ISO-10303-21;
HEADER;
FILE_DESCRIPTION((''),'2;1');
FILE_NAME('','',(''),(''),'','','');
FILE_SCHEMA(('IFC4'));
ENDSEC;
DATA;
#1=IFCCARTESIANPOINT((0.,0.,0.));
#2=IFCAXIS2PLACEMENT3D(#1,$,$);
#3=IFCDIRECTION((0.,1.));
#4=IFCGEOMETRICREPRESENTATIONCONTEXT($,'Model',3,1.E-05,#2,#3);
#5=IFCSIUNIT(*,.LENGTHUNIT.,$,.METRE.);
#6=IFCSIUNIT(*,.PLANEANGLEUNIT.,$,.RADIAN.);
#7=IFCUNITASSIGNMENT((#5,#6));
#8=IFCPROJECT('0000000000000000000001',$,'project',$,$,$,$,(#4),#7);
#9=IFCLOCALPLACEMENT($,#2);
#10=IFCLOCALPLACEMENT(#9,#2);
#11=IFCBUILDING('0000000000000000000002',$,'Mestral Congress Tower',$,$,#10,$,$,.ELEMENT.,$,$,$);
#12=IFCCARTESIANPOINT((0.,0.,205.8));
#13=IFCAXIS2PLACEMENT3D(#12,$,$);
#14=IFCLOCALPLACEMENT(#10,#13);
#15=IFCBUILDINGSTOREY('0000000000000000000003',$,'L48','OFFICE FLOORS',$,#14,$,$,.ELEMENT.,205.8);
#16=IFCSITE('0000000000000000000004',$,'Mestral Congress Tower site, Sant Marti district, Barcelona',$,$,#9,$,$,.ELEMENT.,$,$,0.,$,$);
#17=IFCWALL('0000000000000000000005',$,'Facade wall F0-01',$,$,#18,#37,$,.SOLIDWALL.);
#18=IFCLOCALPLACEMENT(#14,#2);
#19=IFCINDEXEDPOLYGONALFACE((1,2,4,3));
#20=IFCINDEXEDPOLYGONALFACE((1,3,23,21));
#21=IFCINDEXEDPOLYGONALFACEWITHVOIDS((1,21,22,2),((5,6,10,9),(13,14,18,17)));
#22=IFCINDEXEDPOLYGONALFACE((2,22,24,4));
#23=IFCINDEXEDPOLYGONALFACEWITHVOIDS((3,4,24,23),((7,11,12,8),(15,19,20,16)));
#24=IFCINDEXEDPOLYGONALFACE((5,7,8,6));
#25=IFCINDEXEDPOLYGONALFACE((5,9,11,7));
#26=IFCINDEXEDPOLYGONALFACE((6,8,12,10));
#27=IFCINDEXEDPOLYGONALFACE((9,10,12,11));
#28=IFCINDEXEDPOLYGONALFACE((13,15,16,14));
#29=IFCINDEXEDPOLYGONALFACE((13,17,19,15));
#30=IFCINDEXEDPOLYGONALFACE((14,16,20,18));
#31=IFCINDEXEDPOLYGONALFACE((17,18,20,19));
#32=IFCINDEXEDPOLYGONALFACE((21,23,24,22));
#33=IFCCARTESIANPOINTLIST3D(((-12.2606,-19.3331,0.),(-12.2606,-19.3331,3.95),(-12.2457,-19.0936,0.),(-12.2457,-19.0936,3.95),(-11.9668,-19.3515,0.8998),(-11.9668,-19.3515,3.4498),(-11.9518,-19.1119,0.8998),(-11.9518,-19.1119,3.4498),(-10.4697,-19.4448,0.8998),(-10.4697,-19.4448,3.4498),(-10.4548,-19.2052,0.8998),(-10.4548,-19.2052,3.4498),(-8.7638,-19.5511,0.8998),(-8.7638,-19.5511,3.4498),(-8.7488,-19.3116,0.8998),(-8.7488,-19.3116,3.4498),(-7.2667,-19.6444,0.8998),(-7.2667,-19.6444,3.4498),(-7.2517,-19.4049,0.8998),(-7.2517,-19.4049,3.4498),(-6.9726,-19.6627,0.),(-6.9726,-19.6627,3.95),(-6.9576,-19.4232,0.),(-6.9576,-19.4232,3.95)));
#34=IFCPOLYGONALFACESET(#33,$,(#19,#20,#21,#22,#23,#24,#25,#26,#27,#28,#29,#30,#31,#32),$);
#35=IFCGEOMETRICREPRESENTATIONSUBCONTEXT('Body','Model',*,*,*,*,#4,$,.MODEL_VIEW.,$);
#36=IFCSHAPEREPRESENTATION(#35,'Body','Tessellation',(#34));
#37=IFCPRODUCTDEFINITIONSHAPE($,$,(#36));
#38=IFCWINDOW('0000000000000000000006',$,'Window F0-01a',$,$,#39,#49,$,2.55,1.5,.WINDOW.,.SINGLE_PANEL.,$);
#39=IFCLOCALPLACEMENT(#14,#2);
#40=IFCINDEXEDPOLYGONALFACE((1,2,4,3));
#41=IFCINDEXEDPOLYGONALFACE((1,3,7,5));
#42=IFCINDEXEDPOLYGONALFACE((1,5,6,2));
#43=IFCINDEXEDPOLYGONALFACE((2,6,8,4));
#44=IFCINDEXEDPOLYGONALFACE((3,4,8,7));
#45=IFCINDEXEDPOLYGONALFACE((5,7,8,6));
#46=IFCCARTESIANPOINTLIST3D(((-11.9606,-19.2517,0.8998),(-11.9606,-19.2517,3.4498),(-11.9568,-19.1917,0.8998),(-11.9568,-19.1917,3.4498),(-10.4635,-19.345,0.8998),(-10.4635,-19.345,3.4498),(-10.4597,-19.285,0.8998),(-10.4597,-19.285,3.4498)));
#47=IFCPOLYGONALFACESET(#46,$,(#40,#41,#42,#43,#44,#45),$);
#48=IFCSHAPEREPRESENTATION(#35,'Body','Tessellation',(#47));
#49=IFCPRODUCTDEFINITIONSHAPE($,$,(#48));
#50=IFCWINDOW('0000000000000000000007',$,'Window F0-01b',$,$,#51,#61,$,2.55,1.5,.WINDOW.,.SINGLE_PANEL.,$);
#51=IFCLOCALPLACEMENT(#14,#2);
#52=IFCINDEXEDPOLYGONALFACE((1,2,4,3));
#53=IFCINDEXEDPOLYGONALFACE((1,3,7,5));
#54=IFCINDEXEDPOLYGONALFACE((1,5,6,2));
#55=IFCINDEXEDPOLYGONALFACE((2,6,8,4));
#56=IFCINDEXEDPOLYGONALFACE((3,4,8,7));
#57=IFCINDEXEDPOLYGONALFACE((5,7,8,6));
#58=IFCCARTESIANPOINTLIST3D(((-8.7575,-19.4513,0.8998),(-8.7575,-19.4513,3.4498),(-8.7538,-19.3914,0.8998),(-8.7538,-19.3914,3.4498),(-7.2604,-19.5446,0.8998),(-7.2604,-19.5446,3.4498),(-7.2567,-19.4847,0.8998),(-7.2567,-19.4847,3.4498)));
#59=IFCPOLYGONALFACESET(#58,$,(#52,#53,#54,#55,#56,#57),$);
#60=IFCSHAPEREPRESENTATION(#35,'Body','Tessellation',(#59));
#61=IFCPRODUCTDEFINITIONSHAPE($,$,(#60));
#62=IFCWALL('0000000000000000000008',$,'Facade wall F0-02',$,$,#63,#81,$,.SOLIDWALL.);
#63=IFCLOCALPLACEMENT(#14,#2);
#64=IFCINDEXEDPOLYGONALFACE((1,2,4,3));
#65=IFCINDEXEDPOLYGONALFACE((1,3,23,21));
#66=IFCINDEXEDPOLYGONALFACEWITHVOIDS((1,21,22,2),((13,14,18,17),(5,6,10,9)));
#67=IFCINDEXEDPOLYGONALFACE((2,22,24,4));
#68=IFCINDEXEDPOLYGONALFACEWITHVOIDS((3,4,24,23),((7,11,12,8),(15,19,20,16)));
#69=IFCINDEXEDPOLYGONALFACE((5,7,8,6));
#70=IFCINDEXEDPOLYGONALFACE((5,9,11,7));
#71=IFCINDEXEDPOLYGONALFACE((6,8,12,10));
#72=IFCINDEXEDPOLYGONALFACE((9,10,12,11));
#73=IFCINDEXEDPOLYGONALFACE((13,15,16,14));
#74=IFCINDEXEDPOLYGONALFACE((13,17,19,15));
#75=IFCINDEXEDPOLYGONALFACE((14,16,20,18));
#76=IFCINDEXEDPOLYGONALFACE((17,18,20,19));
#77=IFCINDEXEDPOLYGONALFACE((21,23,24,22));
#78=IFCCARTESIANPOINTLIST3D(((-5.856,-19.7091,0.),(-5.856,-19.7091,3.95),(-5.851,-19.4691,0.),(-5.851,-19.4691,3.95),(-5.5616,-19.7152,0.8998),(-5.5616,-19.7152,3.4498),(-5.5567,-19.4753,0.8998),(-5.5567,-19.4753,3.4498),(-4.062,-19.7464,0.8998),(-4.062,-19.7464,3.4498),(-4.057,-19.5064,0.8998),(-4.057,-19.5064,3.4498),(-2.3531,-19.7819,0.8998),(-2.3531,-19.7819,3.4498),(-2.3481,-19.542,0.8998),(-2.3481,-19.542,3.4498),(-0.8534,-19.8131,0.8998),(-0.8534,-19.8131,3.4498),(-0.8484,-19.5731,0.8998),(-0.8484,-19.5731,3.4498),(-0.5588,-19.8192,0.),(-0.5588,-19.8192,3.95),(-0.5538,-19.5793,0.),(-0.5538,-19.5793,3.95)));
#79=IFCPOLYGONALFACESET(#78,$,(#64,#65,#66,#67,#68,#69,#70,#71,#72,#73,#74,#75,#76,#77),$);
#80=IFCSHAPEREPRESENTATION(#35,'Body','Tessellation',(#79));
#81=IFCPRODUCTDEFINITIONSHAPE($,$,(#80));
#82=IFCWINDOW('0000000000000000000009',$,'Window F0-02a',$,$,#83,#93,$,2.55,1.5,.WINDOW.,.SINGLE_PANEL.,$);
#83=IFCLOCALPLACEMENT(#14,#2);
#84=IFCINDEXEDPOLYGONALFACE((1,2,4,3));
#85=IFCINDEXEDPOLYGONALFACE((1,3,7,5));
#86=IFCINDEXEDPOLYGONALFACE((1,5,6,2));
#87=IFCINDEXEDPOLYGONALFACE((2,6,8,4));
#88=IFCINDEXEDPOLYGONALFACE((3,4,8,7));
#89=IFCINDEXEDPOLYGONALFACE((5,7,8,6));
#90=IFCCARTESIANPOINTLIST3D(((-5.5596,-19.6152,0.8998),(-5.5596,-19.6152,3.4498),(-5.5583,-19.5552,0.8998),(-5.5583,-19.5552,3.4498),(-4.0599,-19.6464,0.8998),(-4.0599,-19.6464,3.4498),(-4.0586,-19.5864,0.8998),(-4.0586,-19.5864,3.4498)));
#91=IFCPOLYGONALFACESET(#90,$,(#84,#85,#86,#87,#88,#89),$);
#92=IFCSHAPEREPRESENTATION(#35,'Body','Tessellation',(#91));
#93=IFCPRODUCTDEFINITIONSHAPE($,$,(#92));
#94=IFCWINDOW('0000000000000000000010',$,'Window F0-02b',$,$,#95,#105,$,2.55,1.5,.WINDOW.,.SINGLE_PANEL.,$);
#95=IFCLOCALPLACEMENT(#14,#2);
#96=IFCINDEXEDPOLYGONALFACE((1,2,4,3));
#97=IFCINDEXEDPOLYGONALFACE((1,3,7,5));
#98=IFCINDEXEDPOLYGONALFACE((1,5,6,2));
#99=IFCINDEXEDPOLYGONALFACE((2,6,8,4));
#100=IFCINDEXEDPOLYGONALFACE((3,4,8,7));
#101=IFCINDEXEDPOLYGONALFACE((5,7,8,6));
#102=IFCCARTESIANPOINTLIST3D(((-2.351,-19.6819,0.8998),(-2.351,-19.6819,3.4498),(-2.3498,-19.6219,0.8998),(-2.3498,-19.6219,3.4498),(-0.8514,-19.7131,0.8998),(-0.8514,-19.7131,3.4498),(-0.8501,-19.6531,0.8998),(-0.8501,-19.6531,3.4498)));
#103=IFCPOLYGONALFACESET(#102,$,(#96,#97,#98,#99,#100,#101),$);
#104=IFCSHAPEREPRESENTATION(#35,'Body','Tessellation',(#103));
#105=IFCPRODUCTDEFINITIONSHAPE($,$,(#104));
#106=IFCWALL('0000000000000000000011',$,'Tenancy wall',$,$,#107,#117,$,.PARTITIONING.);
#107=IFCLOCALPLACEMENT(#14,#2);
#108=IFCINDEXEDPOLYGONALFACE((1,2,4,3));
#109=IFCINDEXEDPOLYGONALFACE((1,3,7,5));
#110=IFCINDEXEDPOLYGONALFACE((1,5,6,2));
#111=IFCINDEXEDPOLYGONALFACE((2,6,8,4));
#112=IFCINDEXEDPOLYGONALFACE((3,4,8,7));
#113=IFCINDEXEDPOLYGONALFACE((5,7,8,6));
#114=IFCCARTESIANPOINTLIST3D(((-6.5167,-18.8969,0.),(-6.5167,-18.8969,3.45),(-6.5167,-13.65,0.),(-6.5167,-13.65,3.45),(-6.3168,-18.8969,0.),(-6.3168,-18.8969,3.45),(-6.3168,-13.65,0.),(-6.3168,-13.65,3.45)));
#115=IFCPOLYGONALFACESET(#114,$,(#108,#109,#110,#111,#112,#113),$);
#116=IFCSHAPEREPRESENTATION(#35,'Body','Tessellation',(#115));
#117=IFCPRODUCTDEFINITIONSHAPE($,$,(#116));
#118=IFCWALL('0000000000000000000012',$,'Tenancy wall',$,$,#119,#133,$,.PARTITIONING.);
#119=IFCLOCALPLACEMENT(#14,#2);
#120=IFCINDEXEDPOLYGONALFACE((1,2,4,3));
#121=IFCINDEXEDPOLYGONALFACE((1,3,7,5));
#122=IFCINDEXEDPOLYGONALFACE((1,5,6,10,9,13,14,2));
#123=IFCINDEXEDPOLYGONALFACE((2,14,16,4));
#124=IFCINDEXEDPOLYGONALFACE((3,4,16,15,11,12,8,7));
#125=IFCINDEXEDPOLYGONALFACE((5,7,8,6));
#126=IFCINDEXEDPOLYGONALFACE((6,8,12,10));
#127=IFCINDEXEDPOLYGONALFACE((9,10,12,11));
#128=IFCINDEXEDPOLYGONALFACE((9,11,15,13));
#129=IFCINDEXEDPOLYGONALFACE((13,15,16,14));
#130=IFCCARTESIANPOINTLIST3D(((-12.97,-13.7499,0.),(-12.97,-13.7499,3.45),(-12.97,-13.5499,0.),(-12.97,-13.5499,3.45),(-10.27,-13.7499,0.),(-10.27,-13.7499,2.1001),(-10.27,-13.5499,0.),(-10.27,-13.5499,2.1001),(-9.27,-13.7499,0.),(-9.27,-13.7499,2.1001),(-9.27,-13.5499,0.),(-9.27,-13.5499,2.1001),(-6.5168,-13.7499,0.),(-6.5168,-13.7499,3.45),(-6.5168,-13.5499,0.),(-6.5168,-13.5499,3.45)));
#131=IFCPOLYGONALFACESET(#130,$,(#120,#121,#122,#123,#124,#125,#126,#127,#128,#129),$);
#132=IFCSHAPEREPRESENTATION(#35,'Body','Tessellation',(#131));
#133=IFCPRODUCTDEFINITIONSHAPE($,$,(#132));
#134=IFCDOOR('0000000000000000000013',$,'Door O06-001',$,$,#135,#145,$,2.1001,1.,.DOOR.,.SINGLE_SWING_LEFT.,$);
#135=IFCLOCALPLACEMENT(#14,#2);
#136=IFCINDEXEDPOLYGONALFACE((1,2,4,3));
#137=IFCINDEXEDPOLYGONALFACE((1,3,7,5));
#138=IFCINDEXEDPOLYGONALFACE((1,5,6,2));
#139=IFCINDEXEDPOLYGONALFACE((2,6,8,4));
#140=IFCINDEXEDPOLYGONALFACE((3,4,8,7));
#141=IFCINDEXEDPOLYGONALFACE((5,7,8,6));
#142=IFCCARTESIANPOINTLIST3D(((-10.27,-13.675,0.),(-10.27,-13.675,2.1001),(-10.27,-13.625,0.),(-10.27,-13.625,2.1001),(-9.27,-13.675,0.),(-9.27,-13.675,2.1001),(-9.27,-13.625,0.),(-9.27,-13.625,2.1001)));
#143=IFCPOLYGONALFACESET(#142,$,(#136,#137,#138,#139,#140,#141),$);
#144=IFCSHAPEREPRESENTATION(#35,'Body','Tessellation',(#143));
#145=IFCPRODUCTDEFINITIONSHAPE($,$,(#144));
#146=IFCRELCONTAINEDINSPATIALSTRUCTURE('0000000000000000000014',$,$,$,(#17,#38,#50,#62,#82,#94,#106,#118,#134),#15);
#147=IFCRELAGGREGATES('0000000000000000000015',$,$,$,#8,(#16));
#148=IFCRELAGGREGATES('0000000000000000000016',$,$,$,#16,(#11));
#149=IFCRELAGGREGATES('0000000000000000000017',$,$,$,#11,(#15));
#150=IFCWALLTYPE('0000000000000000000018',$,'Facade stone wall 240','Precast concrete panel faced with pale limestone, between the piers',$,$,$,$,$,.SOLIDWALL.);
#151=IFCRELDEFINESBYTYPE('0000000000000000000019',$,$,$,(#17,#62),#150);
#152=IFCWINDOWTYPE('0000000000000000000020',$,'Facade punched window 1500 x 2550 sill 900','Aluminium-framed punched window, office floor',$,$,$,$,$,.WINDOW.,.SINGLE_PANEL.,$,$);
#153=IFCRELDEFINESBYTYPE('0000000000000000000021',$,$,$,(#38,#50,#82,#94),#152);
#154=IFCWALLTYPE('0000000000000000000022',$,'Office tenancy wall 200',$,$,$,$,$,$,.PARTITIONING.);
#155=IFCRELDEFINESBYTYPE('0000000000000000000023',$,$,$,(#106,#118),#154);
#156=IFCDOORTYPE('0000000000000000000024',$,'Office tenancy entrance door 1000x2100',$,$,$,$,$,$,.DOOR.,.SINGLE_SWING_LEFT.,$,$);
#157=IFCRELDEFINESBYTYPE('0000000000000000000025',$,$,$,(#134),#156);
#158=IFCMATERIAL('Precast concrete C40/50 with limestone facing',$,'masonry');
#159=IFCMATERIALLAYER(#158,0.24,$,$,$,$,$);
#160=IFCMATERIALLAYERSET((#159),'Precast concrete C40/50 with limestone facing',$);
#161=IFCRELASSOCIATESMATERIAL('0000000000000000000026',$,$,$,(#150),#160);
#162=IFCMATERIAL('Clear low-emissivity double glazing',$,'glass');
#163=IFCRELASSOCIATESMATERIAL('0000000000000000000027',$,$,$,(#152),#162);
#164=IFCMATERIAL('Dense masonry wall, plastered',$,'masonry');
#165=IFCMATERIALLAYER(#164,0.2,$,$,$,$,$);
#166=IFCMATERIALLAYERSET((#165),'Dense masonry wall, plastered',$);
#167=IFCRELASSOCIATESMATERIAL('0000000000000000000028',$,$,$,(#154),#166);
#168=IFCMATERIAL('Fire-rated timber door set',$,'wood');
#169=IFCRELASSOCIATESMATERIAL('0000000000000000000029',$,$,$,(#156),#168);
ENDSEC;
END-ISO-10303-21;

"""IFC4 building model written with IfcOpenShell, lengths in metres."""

from ifc_helpers import new_model, si_unit, direction, frame, frame_2d, origin, place, context, subcontext, project, spatial, rectangle, extrude, material, layer, layer_set, type_object, element, fill, save


model = new_model("IFC4")

# Units and contexts
model_context = context("Model", 3, precision=1e-05, world=origin(), true_north=direction((0.0, 1.0)))
body_context = subcontext(model_context, "Body", "Model", "MODEL_VIEW")
ifc_project = project(units=[si_unit("LENGTHUNIT", "METRE"), si_unit("PLANEANGLEUNIT", "RADIAN")], contexts=[model_context])

# Site, building, storey
site_placement = place(None, origin())
site = spatial("IfcSite", under=ifc_project, at=site_placement, Name="Mestral Congress Tower site, Sant Marti district, Barcelona", CompositionType="ELEMENT", RefElevation=0.0)
building_placement = place(site_placement, origin())
building = spatial("IfcBuilding", under=site, at=building_placement, Name="Mestral Congress Tower", CompositionType="ELEMENT")
storey_placement = place(building_placement, frame((0.0, 0.0, 205.8)))
storey = spatial("IfcBuildingStorey", under=building, at=storey_placement, Name="L48", Description="OFFICE FLOORS", CompositionType="ELEMENT", Elevation=205.8)

# Walls, openings, windows
ifc_material_1 = material(Name="Precast concrete C40/50 with limestone facing", Category="masonry")
ifc_layer_1 = layer(ifc_material_1, 0.24)
ifc_layer_set_1 = layer_set([ifc_layer_1], Name="Precast concrete C40/50 with limestone facing")
wall_type_1 = type_object("IfcWallType", Name="Facade stone wall 240", Description="Precast concrete panel faced with pale limestone, between the piers", PredefinedType="SOLIDWALL", material=ifc_layer_set_1)
wall_1_placement = place(storey_placement, frame((-12.2532, -19.2134, 0.0), z_axis=(0.0, 0.0, 1.0), x_axis=(0.998063, -0.062206, 0.0)))
wall_1 = element("IfcWall", 1, at=wall_1_placement, inside=storey, type_object=wall_type_1, Name="Facade wall F0-01", PredefinedType="SOLIDWALL", context=body_context, shape_type="SweptSolid", body=[
    extrude(rectangle(XDim=5.2983, YDim=0.24, at=frame_2d((2.6492, 0.0))), origin(), (0.0, 0.0, 1.0), 3.95),
])
opening_1_placement = place(wall_1_placement, frame((0.2944, 0.0, 0.8999)))
opening_1 = element("IfcOpeningElement", 2, at=opening_1_placement, cuts=wall_1, PredefinedType="OPENING", context=body_context, shape_type="SweptSolid", body=[
    extrude(rectangle(XDim=1.5, YDim=2.55, at=frame_2d((0.75, 1.2749))), frame((0.0, 0.1299, 0.0), z_axis=(0.0, -1.0, 0.0), x_axis=(1.0, 0.0, 0.0)), (0.0, 0.0, 1.0), 0.26),
])
opening_2_placement = place(wall_1_placement, frame((3.5037, 0.0, 0.8999)))
opening_2 = element("IfcOpeningElement", 3, at=opening_2_placement, cuts=wall_1, PredefinedType="OPENING", context=body_context, shape_type="SweptSolid", body=[
    extrude(rectangle(XDim=1.5, YDim=2.55, at=frame_2d((0.75, 1.2749))), frame((0.0, 0.1299, 0.0), z_axis=(0.0, -1.0, 0.0), x_axis=(1.0, 0.0, 0.0)), (0.0, 0.0, 1.0), 0.26),
])
ifc_material_2 = material(Name="Clear low-emissivity double glazing", Category="glass")
window_type = type_object("IfcWindowType", Name="Facade punched window 1500 x 2550 sill 900", Description="Aluminium-framed punched window, office floor", PartitioningType="SINGLE_PANEL", PredefinedType="WINDOW", material=ifc_material_2)
window_1_placement = place(opening_1_placement, origin())
window_1 = element("IfcWindow", 4, at=window_1_placement, inside=storey, type_object=window_type, Name="Window F0-01a", OverallHeight=2.55, OverallWidth=1.5, PartitioningType="SINGLE_PANEL", PredefinedType="WINDOW", context=body_context, shape_type="SweptSolid", body=[
    extrude(rectangle(XDim=1.5, YDim=2.55, at=frame_2d((0.75, 1.2749))), frame((0.0, 0.04, 0.0), z_axis=(0.0, -1.0, 0.0), x_axis=(1.0, 0.0, 0.0)), (0.0, 0.0, 1.0), 0.0601),
])
fill(opening_1, window_1)
window_2_placement = place(opening_2_placement, origin())
window_2 = element("IfcWindow", 5, at=window_2_placement, inside=storey, type_object=window_type, Name="Window F0-01b", OverallHeight=2.55, OverallWidth=1.5, PartitioningType="SINGLE_PANEL", PredefinedType="WINDOW", context=body_context, shape_type="SweptSolid", body=[
    extrude(rectangle(XDim=1.5, YDim=2.55, at=frame_2d((0.75, 1.2749))), frame((0.0, 0.04, 0.0), z_axis=(0.0, -1.0, 0.0), x_axis=(1.0, 0.0, 0.0)), (0.0, 0.0, 1.0), 0.0601),
])
fill(opening_2, window_2)
wall_2_placement = place(storey_placement, frame((-5.8535, -19.5891, 0.0), z_axis=(0.0, 0.0, 1.0), x_axis=(0.999784, -0.020782, 0.0)))
wall_2 = element("IfcWall", 6, at=wall_2_placement, inside=storey, type_object=wall_type_1, Name="Facade wall F0-02", PredefinedType="SOLIDWALL", context=body_context, shape_type="SweptSolid", body=[
    extrude(rectangle(XDim=5.2983, YDim=0.24, at=frame_2d((2.6492, 0.0))), origin(), (0.0, 0.0, 1.0), 3.95),
])
opening_3_placement = place(wall_2_placement, frame((0.2944, 0.0, 0.8999)))
opening_3 = element("IfcOpeningElement", 7, at=opening_3_placement, cuts=wall_2, PredefinedType="OPENING", context=body_context, shape_type="SweptSolid", body=[
    extrude(rectangle(XDim=1.5, YDim=2.55, at=frame_2d((0.75, 1.2749))), frame((0.0, 0.1299, 0.0), z_axis=(0.0, -1.0, 0.0), x_axis=(1.0, 0.0, 0.0)), (0.0, 0.0, 1.0), 0.26),
])
opening_4_placement = place(wall_2_placement, frame((3.5037, 0.0, 0.8999)))
opening_4 = element("IfcOpeningElement", 8, at=opening_4_placement, cuts=wall_2, PredefinedType="OPENING", context=body_context, shape_type="SweptSolid", body=[
    extrude(rectangle(XDim=1.5, YDim=2.55, at=frame_2d((0.75, 1.2749))), frame((0.0, 0.1299, 0.0), z_axis=(0.0, -1.0, 0.0), x_axis=(1.0, 0.0, 0.0)), (0.0, 0.0, 1.0), 0.26),
])
window_3_placement = place(opening_3_placement, origin())
window_3 = element("IfcWindow", 9, at=window_3_placement, inside=storey, type_object=window_type, Name="Window F0-02a", OverallHeight=2.55, OverallWidth=1.5, PartitioningType="SINGLE_PANEL", PredefinedType="WINDOW", context=body_context, shape_type="SweptSolid", body=[
    extrude(rectangle(XDim=1.5, YDim=2.55, at=frame_2d((0.75, 1.2749))), frame((0.0, 0.04, 0.0), z_axis=(0.0, -1.0, 0.0), x_axis=(1.0, 0.0, 0.0)), (0.0, 0.0, 1.0), 0.0601),
])
fill(opening_3, window_3)
window_4_placement = place(opening_4_placement, origin())
window_4 = element("IfcWindow", 10, at=window_4_placement, inside=storey, type_object=window_type, Name="Window F0-02b", OverallHeight=2.55, OverallWidth=1.5, PartitioningType="SINGLE_PANEL", PredefinedType="WINDOW", context=body_context, shape_type="SweptSolid", body=[
    extrude(rectangle(XDim=1.5, YDim=2.55, at=frame_2d((0.75, 1.2749))), frame((0.0, 0.04, 0.0), z_axis=(0.0, -1.0, 0.0), x_axis=(1.0, 0.0, 0.0)), (0.0, 0.0, 1.0), 0.0601),
])
fill(opening_4, window_4)

# Wall
ifc_material_3 = material(Name="Dense masonry wall, plastered", Category="masonry")
ifc_layer_2 = layer(ifc_material_3, 0.2)
ifc_layer_set_2 = layer_set([ifc_layer_2], Name="Dense masonry wall, plastered")
wall_type_2 = type_object("IfcWallType", Name="Office tenancy wall 200", PredefinedType="PARTITIONING", material=ifc_layer_set_2)
wall_3_placement = place(storey_placement, frame((-6.4167, -13.6499, 0.0), z_axis=(0.0, 0.0, 1.0), x_axis=(0.0, -1.0, 0.0)))
element("IfcWall", 11, at=wall_3_placement, inside=storey, type_object=wall_type_2, Name="Tenancy wall", PredefinedType="PARTITIONING", context=body_context, shape_type="SweptSolid", body=[
    extrude(rectangle(XDim=5.2468, YDim=0.2, at=frame_2d((2.6235, 0.0))), origin(), (0.0, 0.0, 1.0), 3.45),
])

# Wall, opening, door
wall_4_placement = place(storey_placement, frame((-12.97, -13.6499, 0.0), z_axis=(0.0, 0.0, 1.0), x_axis=(1.0, 0.0, 0.0)))
wall_4 = element("IfcWall", 12, at=wall_4_placement, inside=storey, type_object=wall_type_2, Name="Tenancy wall", PredefinedType="PARTITIONING", context=body_context, shape_type="SweptSolid", body=[
    extrude(rectangle(XDim=6.4531, YDim=0.2, at=frame_2d((3.2266, 0.0))), origin(), (0.0, 0.0, 1.0), 3.45),
])
opening_5_placement = place(wall_4_placement, frame((2.7, 0.0, 0.0)))
opening_5 = element("IfcOpeningElement", 13, at=opening_5_placement, cuts=wall_4, PredefinedType="OPENING", context=body_context, shape_type="SweptSolid", body=[
    extrude(rectangle(XDim=1.0, YDim=2.1001, at=frame_2d((0.5, 1.05))), frame((0.0, 0.1099, 0.0), z_axis=(0.0, -1.0, 0.0), x_axis=(1.0, 0.0, 0.0)), (0.0, 0.0, 1.0), 0.22),
])
ifc_material_4 = material(Name="Fire-rated timber door set", Category="wood")
door_type_1 = type_object("IfcDoorType", Name="Office tenancy entrance door 1000x2100", OperationType="SINGLE_SWING_LEFT", PredefinedType="DOOR", material=ifc_material_4)
door_1_placement = place(opening_5_placement, origin())
door_1 = element("IfcDoor", 14, at=door_1_placement, inside=storey, type_object=door_type_1, Name="Door O06-001", OperationType="SINGLE_SWING_LEFT", OverallHeight=2.1001, OverallWidth=1.0, PredefinedType="DOOR", context=body_context, shape_type="SweptSolid", body=[
    extrude(rectangle(XDim=1.0, YDim=2.1001, at=frame_2d((0.5, 1.05))), frame((0.0, 0.0249, 0.0), z_axis=(0.0, -1.0, 0.0), x_axis=(1.0, 0.0, 0.0)), (0.0, 0.0, 1.0), 0.05),
])
fill(opening_5, door_1)

save(model, "model.ifc")
